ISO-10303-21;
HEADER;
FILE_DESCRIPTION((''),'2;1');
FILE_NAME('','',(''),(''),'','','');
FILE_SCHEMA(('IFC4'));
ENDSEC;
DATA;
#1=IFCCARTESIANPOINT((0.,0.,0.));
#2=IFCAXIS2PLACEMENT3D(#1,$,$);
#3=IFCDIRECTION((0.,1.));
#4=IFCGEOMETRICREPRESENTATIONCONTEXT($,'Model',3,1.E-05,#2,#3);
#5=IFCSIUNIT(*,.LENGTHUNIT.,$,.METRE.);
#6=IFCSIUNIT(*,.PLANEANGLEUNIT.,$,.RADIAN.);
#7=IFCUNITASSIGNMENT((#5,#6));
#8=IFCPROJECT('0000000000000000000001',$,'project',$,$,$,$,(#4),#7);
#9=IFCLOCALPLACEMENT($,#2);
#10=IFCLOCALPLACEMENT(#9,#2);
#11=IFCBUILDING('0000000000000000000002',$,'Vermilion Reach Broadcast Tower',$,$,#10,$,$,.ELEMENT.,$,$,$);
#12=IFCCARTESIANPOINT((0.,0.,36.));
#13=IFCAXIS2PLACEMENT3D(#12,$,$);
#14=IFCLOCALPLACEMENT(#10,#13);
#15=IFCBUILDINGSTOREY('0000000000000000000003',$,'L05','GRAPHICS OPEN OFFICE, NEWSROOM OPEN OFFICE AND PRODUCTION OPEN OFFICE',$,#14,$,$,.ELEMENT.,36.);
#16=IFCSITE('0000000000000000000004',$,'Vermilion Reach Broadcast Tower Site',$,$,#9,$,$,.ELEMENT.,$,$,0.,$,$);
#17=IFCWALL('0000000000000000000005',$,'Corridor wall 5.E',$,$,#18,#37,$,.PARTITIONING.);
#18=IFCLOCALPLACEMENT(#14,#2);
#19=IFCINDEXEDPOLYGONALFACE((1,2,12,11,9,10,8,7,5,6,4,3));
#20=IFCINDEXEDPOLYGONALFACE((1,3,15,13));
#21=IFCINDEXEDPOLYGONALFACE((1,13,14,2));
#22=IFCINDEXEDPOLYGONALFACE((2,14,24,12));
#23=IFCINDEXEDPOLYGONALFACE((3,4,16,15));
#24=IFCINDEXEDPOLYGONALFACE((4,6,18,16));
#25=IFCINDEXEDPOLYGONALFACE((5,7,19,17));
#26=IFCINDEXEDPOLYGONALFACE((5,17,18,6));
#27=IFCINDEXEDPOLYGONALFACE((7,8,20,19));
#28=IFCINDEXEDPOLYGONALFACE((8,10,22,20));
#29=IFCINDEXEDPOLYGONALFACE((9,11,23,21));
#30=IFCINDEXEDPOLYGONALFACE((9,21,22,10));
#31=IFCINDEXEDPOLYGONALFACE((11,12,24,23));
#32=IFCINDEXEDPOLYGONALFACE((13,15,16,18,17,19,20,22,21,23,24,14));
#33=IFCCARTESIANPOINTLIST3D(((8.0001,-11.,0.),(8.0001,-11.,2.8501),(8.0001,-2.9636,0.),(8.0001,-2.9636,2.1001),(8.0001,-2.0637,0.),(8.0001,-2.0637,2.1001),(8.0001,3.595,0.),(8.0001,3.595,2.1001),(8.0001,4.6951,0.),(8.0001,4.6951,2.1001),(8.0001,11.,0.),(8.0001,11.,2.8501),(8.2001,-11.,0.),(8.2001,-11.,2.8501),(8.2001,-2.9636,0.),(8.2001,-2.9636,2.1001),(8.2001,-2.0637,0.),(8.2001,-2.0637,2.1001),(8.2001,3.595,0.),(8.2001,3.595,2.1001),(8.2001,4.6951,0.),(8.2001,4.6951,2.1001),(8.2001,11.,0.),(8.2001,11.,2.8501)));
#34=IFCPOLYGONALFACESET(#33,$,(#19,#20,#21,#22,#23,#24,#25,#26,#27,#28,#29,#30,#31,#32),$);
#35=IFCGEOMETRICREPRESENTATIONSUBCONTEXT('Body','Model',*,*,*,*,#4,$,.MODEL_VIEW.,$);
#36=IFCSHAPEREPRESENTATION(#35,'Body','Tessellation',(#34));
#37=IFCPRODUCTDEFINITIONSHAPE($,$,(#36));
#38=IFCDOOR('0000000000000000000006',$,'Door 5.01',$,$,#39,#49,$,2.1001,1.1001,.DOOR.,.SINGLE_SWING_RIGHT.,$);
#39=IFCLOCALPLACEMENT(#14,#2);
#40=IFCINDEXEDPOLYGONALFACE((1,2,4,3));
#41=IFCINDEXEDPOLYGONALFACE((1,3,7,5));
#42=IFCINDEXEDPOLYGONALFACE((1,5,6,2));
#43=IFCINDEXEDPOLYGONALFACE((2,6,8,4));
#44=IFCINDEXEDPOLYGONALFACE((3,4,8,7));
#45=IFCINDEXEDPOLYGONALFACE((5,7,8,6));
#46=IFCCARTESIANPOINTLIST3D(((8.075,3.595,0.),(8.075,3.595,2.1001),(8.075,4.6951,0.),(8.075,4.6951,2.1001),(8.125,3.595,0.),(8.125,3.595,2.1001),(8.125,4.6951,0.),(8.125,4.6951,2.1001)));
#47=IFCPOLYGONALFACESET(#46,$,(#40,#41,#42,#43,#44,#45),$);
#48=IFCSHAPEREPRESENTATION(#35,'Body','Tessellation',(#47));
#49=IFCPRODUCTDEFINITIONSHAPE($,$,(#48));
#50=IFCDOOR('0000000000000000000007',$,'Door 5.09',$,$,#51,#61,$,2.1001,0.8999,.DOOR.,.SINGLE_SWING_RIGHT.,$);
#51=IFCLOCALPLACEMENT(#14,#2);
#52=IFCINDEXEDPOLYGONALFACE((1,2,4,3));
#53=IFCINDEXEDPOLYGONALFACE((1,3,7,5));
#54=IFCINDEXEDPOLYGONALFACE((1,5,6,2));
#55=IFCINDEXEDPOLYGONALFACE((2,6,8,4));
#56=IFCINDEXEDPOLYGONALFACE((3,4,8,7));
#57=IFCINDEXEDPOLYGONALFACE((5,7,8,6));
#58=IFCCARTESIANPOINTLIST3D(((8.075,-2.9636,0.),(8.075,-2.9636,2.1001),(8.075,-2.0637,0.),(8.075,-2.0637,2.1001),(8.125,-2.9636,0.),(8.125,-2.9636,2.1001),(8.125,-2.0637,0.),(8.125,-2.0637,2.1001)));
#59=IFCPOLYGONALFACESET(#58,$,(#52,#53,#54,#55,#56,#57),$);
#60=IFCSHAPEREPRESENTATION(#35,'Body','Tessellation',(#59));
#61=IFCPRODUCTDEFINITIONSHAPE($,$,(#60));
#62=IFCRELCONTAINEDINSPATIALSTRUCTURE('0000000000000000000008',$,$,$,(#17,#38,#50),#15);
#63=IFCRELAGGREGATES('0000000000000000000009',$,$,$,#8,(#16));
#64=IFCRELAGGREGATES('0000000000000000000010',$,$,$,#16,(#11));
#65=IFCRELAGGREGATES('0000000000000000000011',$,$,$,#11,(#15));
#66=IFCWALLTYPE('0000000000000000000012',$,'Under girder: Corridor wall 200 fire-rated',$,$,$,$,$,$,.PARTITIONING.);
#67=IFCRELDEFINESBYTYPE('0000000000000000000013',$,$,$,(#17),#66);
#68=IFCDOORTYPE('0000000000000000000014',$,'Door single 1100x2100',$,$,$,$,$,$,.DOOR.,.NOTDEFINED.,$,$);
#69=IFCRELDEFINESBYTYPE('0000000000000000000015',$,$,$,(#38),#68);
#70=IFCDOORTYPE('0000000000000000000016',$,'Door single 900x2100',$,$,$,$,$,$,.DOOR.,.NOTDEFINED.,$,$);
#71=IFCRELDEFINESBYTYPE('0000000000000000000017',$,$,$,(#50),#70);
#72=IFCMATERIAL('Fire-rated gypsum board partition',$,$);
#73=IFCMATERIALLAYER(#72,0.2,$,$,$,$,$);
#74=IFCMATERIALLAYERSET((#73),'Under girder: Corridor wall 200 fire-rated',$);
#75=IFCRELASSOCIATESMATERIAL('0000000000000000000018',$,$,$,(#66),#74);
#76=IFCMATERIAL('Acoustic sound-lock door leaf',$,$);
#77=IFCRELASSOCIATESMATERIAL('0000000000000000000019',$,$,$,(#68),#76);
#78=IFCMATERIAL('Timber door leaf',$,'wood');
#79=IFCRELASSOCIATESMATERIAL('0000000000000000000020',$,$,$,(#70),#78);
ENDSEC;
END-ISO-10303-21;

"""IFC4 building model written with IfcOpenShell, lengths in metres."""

from ifc_helpers import new_model, si_unit, direction, frame, frame_2d, origin, place, context, subcontext, project, spatial, rectangle, extrude, material, layer, layer_set, type_object, element, fill, save


model = new_model("IFC4")

# Units and contexts
model_context = context("Model", 3, precision=1e-05, world=origin(), true_north=direction((0.0, 1.0)))
body_context = subcontext(model_context, "Body", "Model", "MODEL_VIEW")
ifc_project = project(units=[si_unit("LENGTHUNIT", "METRE"), si_unit("PLANEANGLEUNIT", "RADIAN")], contexts=[model_context])

# Site, building, storey
site_placement = place(None, origin())
site = spatial("IfcSite", under=ifc_project, at=site_placement, Name="Vermilion Reach Broadcast Tower Site", CompositionType="ELEMENT", RefElevation=0.0)
building_placement = place(site_placement, origin())
building = spatial("IfcBuilding", under=site, at=building_placement, Name="Vermilion Reach Broadcast Tower", CompositionType="ELEMENT")
storey_placement = place(building_placement, frame((0.0, 0.0, 36.0)))
storey = spatial("IfcBuildingStorey", under=building, at=storey_placement, Name="L05", Description="GRAPHICS OPEN OFFICE, NEWSROOM OPEN OFFICE AND PRODUCTION OPEN OFFICE", CompositionType="ELEMENT", Elevation=36.0)

# Wall, openings, doors
ifc_material_1 = material(Name="Fire-rated gypsum board partition")
ifc_layer_1 = layer(ifc_material_1, 0.2)
ifc_layer_set_1 = layer_set([ifc_layer_1], Name="Under girder: Corridor wall 200 fire-rated")
wall_type_1 = type_object("IfcWallType", Name="Under girder: Corridor wall 200 fire-rated", PredefinedType="PARTITIONING", material=ifc_layer_set_1)
wall_1_placement = place(storey_placement, frame((8.1001, 11.0, 0.0), z_axis=(0.0, 0.0, 1.0), x_axis=(0.0, -1.0, 0.0)))
wall_1 = element("IfcWall", 1, at=wall_1_placement, inside=storey, type_object=wall_type_1, Name="Corridor wall 5.E", PredefinedType="PARTITIONING", context=body_context, shape_type="SweptSolid", body=[
    extrude(rectangle(XDim=22.0, YDim=0.2, at=frame_2d((11.0, 0.0))), origin(), (0.0, 0.0, 1.0), 2.8501),
])
opening_1_placement = place(wall_1_placement, frame((6.3049, 0.0, 0.0)))
opening_1 = element("IfcOpeningElement", 2, at=opening_1_placement, cuts=wall_1, PredefinedType="OPENING", context=body_context, shape_type="SweptSolid", body=[
    extrude(rectangle(XDim=1.1001, YDim=2.1001, at=frame_2d((0.55, 1.05))), frame((0.0, 0.1099, 0.0), z_axis=(0.0, -1.0, 0.0), x_axis=(1.0, 0.0, 0.0)), (0.0, 0.0, 1.0), 0.22),
])
opening_2_placement = place(wall_1_placement, frame((13.0637, 0.0, 0.0)))
opening_2 = element("IfcOpeningElement", 3, at=opening_2_placement, cuts=wall_1, PredefinedType="OPENING", context=body_context, shape_type="SweptSolid", body=[
    extrude(rectangle(XDim=0.8999, YDim=2.1001, at=frame_2d((0.45, 1.05))), frame((0.0, 0.1099, 0.0), z_axis=(0.0, -1.0, 0.0), x_axis=(1.0, 0.0, 0.0)), (0.0, 0.0, 1.0), 0.22),
])
ifc_material_2 = material(Name="Acoustic sound-lock door leaf")
door_type_1 = type_object("IfcDoorType", Name="Door single 1100x2100", OperationType="NOTDEFINED", PredefinedType="DOOR", material=ifc_material_2)
door_1_placement = place(opening_1_placement, origin())
door_1 = element("IfcDoor", 4, at=door_1_placement, inside=storey, type_object=door_type_1, Name="Door 5.01", OperationType="SINGLE_SWING_RIGHT", OverallHeight=2.1001, OverallWidth=1.1001, PredefinedType="DOOR", context=body_context, shape_type="SweptSolid", body=[
    extrude(rectangle(XDim=1.1001, YDim=2.1001, at=frame_2d((0.55, 1.05))), frame((0.0, 0.0249, 0.0), z_axis=(0.0, -1.0, 0.0), x_axis=(1.0, 0.0, 0.0)), (0.0, 0.0, 1.0), 0.05),
])
fill(opening_1, door_1)
ifc_material_3 = material(Name="Timber door leaf", Category="wood")
door_type_2 = type_object("IfcDoorType", Name="Door single 900x2100", OperationType="NOTDEFINED", PredefinedType="DOOR", material=ifc_material_3)
door_2_placement = place(opening_2_placement, origin())
door_2 = element("IfcDoor", 5, at=door_2_placement, inside=storey, type_object=door_type_2, Name="Door 5.09", OperationType="SINGLE_SWING_RIGHT", OverallHeight=2.1001, OverallWidth=0.8999, PredefinedType="DOOR", context=body_context, shape_type="SweptSolid", body=[
    extrude(rectangle(XDim=0.8999, YDim=2.1001, at=frame_2d((0.45, 1.05))), frame((0.0, 0.0249, 0.0), z_axis=(0.0, -1.0, 0.0), x_axis=(1.0, 0.0, 0.0)), (0.0, 0.0, 1.0), 0.05),
])
fill(opening_2, door_2)

save(model, "model.ifc")
